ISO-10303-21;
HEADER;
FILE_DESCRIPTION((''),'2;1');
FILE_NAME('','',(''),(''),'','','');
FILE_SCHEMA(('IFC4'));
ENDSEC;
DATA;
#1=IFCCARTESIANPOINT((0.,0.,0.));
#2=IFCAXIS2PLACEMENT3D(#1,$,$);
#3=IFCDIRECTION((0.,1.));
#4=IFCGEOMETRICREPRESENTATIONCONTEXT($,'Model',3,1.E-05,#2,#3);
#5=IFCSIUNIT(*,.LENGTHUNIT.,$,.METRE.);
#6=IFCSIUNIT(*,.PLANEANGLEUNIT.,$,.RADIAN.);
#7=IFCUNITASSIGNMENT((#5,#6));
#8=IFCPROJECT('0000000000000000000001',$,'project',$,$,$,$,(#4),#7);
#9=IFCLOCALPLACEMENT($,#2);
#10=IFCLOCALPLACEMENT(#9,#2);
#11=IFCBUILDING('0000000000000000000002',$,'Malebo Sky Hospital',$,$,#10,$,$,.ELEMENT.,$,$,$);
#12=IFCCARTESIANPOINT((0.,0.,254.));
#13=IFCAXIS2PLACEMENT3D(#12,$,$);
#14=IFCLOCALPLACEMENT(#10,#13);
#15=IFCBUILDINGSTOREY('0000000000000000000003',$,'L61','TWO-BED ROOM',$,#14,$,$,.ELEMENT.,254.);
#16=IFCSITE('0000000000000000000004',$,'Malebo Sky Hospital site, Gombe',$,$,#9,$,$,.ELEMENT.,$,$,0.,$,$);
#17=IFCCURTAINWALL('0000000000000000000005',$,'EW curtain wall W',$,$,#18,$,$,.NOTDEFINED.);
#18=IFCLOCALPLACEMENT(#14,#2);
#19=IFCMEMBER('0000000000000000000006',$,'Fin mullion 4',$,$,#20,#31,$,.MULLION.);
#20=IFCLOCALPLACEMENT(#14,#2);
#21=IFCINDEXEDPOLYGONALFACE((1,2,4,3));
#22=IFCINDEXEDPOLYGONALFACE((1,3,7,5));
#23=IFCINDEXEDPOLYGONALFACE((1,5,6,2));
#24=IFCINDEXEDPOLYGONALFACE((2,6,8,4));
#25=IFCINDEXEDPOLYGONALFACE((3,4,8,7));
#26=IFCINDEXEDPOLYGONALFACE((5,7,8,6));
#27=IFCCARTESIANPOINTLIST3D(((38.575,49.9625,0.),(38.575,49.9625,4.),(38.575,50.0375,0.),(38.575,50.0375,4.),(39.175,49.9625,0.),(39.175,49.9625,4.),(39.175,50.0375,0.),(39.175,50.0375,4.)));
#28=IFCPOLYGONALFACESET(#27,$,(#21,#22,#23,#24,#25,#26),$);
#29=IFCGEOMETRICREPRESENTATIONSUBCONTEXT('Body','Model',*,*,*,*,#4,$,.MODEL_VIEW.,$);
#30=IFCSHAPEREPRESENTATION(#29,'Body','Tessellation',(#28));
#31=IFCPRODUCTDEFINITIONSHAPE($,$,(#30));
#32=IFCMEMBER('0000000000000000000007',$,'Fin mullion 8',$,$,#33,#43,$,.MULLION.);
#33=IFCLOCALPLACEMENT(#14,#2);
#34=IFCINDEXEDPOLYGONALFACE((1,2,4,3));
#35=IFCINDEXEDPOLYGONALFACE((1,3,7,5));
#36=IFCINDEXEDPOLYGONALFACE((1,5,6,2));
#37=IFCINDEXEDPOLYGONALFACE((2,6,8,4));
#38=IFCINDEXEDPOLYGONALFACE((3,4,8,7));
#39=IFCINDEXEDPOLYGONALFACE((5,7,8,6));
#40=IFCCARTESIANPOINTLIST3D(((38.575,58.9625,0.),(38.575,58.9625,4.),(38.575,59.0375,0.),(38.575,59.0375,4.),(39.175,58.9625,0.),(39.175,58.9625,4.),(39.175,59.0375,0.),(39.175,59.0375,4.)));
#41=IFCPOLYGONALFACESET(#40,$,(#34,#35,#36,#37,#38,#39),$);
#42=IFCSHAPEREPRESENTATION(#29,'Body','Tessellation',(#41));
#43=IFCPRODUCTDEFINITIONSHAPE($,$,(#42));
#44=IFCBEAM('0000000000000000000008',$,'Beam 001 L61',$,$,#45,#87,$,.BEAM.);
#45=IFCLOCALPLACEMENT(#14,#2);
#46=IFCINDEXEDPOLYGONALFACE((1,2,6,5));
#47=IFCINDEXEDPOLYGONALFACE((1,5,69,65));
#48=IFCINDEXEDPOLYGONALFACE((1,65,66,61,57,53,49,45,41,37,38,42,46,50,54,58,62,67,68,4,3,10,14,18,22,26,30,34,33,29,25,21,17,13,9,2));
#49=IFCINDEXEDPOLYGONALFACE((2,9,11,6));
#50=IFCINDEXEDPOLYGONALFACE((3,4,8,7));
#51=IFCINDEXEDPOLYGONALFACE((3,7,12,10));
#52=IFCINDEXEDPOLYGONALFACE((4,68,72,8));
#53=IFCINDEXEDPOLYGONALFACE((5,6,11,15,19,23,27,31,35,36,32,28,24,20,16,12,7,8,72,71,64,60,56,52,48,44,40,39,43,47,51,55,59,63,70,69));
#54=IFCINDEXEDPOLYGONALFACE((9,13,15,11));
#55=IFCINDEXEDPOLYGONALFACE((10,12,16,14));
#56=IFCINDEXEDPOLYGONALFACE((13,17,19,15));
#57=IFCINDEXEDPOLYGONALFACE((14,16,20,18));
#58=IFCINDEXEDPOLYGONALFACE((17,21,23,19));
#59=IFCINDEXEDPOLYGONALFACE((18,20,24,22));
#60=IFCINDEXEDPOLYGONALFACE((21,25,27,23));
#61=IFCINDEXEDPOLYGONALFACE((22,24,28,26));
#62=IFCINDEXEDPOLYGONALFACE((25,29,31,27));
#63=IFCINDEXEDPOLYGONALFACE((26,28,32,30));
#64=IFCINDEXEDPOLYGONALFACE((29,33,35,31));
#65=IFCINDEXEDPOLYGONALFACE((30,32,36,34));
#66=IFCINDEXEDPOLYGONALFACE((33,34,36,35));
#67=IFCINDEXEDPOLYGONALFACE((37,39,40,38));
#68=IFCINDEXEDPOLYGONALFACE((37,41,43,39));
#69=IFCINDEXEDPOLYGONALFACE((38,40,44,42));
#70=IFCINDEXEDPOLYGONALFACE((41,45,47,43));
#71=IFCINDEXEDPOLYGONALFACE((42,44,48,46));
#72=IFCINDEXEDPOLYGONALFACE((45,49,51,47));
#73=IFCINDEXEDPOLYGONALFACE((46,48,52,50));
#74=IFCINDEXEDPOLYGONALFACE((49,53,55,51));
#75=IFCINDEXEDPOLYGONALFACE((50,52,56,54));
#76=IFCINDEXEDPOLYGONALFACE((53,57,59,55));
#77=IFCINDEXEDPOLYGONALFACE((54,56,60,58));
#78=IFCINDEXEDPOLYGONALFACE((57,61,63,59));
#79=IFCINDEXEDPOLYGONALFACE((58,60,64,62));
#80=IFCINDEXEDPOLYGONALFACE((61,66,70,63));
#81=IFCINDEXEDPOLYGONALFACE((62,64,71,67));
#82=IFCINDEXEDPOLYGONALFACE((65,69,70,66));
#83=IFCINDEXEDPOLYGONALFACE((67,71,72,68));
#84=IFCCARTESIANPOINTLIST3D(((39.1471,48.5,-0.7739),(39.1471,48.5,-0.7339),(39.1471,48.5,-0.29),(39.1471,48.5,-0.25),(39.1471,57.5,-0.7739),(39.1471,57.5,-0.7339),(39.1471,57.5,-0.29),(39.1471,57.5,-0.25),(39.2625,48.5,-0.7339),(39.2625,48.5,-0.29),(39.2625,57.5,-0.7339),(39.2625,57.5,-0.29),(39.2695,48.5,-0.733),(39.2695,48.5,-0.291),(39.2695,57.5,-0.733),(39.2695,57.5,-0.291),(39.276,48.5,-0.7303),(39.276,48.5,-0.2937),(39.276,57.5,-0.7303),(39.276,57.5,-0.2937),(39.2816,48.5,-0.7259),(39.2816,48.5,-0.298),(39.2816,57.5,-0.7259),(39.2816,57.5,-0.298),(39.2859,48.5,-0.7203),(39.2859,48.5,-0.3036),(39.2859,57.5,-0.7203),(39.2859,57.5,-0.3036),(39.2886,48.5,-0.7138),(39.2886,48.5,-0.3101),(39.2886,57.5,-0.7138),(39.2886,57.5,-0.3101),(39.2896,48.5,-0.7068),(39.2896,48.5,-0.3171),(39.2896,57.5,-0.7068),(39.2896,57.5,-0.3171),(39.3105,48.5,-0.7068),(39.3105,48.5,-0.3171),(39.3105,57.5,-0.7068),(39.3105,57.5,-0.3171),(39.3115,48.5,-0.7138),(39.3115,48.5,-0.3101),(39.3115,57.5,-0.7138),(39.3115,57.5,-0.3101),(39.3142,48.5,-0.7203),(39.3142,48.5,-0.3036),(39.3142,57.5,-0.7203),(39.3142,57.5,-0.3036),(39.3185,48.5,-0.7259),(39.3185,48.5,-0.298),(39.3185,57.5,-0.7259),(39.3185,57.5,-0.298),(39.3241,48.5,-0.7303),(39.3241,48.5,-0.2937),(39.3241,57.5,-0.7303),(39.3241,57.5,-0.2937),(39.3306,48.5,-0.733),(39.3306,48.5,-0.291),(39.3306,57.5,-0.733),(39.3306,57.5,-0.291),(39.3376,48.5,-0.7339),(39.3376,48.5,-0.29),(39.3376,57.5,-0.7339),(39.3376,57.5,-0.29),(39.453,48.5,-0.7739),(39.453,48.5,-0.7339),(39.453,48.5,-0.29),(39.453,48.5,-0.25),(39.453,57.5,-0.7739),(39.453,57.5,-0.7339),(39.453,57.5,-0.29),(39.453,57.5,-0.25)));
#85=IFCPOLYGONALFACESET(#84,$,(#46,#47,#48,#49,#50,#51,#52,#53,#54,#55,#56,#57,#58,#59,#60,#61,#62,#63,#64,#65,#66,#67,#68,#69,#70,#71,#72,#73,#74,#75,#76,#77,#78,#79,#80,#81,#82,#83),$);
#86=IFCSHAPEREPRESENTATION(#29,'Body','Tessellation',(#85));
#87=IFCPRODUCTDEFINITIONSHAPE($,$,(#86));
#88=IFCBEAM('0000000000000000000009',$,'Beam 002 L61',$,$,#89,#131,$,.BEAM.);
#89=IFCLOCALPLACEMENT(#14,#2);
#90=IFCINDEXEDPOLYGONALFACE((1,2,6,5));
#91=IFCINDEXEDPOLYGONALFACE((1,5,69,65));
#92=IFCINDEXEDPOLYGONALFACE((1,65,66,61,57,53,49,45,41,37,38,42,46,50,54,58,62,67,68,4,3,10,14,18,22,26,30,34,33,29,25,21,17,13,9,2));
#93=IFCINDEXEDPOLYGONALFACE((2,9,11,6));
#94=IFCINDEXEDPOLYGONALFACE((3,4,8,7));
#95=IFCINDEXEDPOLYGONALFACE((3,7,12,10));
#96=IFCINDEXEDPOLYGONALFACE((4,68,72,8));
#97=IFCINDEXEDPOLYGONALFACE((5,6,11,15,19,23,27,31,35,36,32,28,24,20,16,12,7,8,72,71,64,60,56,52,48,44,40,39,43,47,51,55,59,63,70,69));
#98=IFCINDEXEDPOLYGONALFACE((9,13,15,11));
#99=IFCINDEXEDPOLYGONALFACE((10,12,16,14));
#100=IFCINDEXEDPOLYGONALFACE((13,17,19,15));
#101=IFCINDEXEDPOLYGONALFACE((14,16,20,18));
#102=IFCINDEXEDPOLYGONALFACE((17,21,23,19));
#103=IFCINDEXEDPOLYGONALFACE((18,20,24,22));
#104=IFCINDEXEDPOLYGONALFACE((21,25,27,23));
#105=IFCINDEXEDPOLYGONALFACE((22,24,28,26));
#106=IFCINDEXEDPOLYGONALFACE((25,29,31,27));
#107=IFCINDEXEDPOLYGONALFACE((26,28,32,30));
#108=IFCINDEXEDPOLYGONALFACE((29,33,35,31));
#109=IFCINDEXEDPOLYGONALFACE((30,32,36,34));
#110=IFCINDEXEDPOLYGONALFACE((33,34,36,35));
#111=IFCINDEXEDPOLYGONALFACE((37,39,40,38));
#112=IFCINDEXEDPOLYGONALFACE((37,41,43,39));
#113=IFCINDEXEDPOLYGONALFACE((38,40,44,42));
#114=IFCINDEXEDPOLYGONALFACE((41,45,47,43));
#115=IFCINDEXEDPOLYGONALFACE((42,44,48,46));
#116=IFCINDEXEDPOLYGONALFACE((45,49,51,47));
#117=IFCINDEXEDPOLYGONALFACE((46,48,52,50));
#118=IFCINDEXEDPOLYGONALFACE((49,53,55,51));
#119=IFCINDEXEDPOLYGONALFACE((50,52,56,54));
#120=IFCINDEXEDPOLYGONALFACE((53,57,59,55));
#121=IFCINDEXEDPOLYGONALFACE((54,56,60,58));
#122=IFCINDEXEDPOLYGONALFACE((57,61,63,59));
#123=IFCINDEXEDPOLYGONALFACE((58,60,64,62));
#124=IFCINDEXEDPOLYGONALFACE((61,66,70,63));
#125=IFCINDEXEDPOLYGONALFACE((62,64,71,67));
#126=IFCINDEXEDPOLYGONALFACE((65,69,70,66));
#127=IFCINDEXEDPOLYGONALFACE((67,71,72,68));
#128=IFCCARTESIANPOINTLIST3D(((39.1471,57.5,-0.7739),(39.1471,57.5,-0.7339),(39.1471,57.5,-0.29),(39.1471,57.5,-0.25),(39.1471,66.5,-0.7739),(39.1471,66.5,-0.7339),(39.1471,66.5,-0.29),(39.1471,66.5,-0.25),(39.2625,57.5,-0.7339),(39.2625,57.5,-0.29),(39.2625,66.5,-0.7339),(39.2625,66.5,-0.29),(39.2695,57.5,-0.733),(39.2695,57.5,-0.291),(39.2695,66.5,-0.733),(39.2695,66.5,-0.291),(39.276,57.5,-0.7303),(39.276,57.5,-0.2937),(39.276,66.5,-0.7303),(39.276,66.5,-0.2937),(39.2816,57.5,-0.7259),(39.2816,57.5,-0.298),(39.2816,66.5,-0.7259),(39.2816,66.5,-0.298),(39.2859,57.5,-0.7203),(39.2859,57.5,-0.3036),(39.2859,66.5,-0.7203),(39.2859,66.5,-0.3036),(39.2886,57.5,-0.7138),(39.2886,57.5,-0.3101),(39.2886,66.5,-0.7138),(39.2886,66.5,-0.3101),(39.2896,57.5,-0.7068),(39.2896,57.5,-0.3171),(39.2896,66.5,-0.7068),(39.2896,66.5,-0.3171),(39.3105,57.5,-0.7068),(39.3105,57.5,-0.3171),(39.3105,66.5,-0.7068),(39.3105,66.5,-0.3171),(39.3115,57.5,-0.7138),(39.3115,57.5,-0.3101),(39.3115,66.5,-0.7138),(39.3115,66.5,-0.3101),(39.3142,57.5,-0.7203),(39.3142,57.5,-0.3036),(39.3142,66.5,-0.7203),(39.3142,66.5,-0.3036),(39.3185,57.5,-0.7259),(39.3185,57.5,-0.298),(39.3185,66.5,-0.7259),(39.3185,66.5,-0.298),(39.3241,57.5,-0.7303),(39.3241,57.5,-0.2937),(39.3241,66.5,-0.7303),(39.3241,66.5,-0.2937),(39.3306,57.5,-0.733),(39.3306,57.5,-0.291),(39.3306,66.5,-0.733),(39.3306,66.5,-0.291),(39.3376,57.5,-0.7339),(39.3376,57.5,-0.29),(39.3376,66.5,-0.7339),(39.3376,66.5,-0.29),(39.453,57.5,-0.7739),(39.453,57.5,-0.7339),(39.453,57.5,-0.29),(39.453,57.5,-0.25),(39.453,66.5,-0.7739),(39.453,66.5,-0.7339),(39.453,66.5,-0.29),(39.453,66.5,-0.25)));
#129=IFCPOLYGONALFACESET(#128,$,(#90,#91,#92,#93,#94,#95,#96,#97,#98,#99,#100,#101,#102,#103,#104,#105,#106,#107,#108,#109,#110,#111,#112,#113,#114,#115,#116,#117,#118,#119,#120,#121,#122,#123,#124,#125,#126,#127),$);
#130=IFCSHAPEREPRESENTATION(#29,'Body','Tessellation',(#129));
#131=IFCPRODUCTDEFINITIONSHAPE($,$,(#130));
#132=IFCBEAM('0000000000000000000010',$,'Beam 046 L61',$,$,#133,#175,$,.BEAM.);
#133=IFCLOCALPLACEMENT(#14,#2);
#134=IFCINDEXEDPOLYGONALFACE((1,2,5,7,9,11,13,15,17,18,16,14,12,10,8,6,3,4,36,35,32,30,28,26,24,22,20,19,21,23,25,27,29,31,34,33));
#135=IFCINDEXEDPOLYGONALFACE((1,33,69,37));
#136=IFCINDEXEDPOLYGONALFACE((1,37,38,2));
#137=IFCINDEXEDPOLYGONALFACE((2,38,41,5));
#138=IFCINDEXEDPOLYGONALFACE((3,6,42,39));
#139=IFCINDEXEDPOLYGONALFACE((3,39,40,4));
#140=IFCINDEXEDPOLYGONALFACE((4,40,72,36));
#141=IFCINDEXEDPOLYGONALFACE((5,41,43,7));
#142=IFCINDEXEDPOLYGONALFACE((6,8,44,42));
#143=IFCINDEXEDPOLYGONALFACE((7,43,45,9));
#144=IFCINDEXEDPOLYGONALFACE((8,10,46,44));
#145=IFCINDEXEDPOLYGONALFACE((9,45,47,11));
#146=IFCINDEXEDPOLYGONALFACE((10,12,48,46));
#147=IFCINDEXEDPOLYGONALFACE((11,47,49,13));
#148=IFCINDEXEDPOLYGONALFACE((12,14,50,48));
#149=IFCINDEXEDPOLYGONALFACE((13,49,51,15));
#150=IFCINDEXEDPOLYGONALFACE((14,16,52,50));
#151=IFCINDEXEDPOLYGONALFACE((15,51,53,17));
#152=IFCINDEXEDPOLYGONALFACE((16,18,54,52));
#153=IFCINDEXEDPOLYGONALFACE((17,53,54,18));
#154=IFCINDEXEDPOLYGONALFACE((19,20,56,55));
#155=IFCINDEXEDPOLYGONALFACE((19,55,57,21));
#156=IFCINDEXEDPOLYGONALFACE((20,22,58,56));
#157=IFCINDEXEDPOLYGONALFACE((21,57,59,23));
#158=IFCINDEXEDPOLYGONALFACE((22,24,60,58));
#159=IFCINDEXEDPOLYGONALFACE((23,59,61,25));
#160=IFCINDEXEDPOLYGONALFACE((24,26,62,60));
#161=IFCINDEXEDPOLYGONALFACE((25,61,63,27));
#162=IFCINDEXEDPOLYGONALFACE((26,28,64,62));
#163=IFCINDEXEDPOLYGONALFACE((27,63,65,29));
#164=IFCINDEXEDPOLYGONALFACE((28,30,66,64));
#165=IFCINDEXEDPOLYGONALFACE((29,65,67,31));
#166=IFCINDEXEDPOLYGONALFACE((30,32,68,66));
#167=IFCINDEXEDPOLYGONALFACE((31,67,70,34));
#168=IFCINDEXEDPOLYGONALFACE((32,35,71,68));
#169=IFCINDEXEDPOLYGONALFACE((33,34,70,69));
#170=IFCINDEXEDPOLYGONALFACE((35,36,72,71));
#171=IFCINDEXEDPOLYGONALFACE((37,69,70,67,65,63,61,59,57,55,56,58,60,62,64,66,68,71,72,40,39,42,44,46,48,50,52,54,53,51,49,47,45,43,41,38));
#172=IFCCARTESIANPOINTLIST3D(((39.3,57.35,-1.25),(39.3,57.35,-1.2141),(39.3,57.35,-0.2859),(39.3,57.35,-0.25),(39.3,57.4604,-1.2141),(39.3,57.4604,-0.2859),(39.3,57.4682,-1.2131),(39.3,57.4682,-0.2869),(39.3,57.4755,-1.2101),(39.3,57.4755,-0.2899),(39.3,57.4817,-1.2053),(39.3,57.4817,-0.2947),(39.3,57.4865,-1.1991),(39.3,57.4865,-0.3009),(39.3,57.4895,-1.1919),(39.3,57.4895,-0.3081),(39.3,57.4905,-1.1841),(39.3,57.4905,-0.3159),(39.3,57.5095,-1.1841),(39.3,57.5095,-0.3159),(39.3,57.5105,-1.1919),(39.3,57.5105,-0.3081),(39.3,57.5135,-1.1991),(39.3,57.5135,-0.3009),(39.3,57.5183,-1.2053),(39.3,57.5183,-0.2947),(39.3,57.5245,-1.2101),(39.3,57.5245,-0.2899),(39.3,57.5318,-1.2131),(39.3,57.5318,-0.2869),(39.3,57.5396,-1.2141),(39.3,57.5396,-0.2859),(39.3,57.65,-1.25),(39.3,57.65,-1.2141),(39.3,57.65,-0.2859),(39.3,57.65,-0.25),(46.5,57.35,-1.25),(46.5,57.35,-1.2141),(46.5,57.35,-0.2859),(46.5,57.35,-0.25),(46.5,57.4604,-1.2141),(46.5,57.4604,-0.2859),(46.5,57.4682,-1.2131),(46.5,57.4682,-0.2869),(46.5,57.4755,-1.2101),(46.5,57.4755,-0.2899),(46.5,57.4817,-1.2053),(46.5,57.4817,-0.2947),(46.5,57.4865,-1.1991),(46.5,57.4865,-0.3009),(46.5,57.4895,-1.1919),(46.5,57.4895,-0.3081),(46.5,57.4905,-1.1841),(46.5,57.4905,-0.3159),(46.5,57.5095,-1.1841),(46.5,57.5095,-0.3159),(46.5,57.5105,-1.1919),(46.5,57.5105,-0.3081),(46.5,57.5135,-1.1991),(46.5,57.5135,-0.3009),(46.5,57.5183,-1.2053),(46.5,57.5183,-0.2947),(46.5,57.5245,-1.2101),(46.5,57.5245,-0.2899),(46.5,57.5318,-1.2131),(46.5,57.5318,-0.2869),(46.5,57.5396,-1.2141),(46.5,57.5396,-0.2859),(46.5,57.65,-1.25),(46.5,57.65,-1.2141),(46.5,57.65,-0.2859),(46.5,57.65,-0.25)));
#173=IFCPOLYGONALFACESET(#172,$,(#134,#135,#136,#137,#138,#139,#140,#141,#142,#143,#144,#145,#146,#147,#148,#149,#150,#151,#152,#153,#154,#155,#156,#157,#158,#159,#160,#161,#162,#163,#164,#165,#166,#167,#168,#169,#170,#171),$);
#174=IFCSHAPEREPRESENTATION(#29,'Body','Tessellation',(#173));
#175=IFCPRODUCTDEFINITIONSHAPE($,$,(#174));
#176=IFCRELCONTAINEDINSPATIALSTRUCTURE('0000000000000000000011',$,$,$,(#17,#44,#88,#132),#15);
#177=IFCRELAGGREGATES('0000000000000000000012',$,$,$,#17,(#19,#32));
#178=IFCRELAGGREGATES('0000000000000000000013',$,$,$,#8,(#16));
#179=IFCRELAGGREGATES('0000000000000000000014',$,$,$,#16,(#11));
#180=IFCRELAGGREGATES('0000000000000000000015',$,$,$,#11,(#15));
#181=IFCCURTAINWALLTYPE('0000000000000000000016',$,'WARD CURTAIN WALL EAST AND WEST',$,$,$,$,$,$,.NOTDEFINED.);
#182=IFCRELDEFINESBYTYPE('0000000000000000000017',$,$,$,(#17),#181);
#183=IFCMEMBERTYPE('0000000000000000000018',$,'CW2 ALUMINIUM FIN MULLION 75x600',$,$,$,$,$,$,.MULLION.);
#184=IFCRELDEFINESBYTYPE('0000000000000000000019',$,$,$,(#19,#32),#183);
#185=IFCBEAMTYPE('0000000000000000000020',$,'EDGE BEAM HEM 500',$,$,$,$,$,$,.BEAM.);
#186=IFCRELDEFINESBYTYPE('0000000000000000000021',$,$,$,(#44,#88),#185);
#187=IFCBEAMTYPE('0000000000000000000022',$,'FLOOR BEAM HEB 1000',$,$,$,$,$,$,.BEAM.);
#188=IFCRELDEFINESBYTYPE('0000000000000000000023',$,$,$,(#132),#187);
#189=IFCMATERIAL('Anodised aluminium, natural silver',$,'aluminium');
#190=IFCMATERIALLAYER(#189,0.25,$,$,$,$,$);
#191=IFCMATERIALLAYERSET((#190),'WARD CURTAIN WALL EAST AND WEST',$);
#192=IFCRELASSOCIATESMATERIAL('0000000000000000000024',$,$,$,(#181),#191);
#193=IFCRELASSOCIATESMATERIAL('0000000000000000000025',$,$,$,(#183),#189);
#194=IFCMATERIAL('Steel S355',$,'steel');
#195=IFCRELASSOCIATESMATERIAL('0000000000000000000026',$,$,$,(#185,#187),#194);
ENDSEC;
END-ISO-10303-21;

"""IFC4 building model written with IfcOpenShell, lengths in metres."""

from ifc_helpers import new_model, si_unit, direction, frame, origin, origin_2d, place, context, subcontext, project, spatial, rectangle, i_section, extrude, material, layer, layer_set, material_profile, profile_set, type_object, element, aggregate, save


model = new_model("IFC4")

# Units and contexts
model_context = context("Model", 3, precision=1e-05, world=origin(), true_north=direction((0.0, 1.0)))
body_context = subcontext(model_context, "Body", "Model", "MODEL_VIEW")
ifc_project = project(units=[si_unit("LENGTHUNIT", "METRE"), si_unit("PLANEANGLEUNIT", "RADIAN")], contexts=[model_context])

# Site, building, storey
site_placement = place(None, origin())
site = spatial("IfcSite", under=ifc_project, at=site_placement, Name="Malebo Sky Hospital site, Gombe", CompositionType="ELEMENT", RefElevation=0.0)
building_placement = place(site_placement, origin())
building = spatial("IfcBuilding", under=site, at=building_placement, Name="Malebo Sky Hospital", CompositionType="ELEMENT")
storey_placement = place(building_placement, frame((0.0, 0.0, 254.0)))
storey = spatial("IfcBuildingStorey", under=building, at=storey_placement, Name="L61", Description="TWO-BED ROOM", CompositionType="ELEMENT", Elevation=254.0)

# Curtain wall, members
ifc_material_1 = material(Name="Anodised aluminium, natural silver", Category="aluminium")
ifc_layer_1 = layer(ifc_material_1, 0.25)
ifc_layer_set_1 = layer_set([ifc_layer_1], Name="WARD CURTAIN WALL EAST AND WEST")
curtain_wall_type = type_object("IfcCurtainWallType", Name="WARD CURTAIN WALL EAST AND WEST", PredefinedType="NOTDEFINED", material=ifc_layer_set_1)
curtain_wall_placement = place(storey_placement, origin())
curtain_wall = element("IfcCurtainWall", 1, at=curtain_wall_placement, inside=storey, type_object=curtain_wall_type, Name="EW curtain wall W", PredefinedType="NOTDEFINED")
ifc_material_profile_1 = material_profile(ifc_material_1, rectangle(XDim=0.075, YDim=0.6001, at=origin_2d()), Name="CW2 ALUMINIUM FIN MULLION 75x600")
ifc_profile_set_1 = profile_set([ifc_material_profile_1], Name="Anodised aluminium, natural silver")
member_type_1 = type_object("IfcMemberType", Name="CW2 ALUMINIUM FIN MULLION 75x600", PredefinedType="MULLION", material=ifc_profile_set_1)
member_1_placement = place(storey_placement, frame((38.875, 50.0, 0.0), z_axis=(0.0, 0.0, 1.0), x_axis=(0.0, 1.0, 0.0)))
member_1 = element("IfcMember", 2, at=member_1_placement, type_object=member_type_1, Name="Fin mullion 4", PredefinedType="MULLION", context=body_context, shape_type="SweptSolid", body=[
    extrude(rectangle(XDim=0.075, YDim=0.6001, at=origin_2d()), origin(), (0.0, 0.0, 1.0), 4.0),
])
member_2_placement = place(storey_placement, frame((38.875, 59.0, 0.0), z_axis=(0.0, 0.0, 1.0), x_axis=(0.0, 1.0, 0.0)))
member_2 = element("IfcMember", 3, at=member_2_placement, type_object=member_type_1, Name="Fin mullion 8", PredefinedType="MULLION", context=body_context, shape_type="SweptSolid", body=[
    extrude(rectangle(XDim=0.075, YDim=0.6001, at=origin_2d()), origin(), (0.0, 0.0, 1.0), 4.0),
])

# Beams
ifc_material_2 = material(Name="Steel S355", Category="steel")
ifc_material_profile_2 = material_profile(ifc_material_2, i_section(OverallWidth=0.3059, OverallDepth=0.5239, WebThickness=0.021, FlangeThickness=0.04, FilletRadius=0.0271, at=origin_2d()), Name="HEM 500")
ifc_profile_set_2 = profile_set([ifc_material_profile_2], Name="Steel S355")
beam_type_1 = type_object("IfcBeamType", Name="EDGE BEAM HEM 500", PredefinedType="BEAM", material=ifc_profile_set_2)
for number, where, z_axis, x_axis, name in (
    (4, (39.3, 48.5, -0.512), (0.0, 1.0, 0.0), (-1.0, 0.0, 0.0), "Beam 001 L61"),
    (5, (39.3, 57.5, -0.512), (0.0, 1.0, 0.0), (-1.0, 0.0, 0.0), "Beam 002 L61"),
):
    element("IfcBeam", number, at=place(storey_placement, frame(where, z_axis=z_axis, x_axis=x_axis)), inside=storey, type_object=beam_type_1, Name=name, PredefinedType="BEAM", context=body_context, shape_type="SweptSolid", body=[
        extrude(i_section(OverallWidth=0.3059, OverallDepth=0.5239, WebThickness=0.021, FlangeThickness=0.04, FilletRadius=0.0271, at=origin_2d()), origin(), (0.0, 0.0, 1.0), 9.0),
    ])
ifc_material_profile_3 = material_profile(ifc_material_2, i_section(OverallWidth=0.3, OverallDepth=1.0, WebThickness=0.019, FlangeThickness=0.0359, FilletRadius=0.03, at=origin_2d()), Name="HEB 1000")
ifc_profile_set_3 = profile_set([ifc_material_profile_3], Name="Steel S355")
beam_type_2 = type_object("IfcBeamType", Name="FLOOR BEAM HEB 1000", PredefinedType="BEAM", material=ifc_profile_set_3)
beam_1_placement = place(storey_placement, frame((39.3, 57.5, -0.75), z_axis=(1.0, 0.0, 0.0), x_axis=(0.0, 1.0, 0.0)))
element("IfcBeam", 6, at=beam_1_placement, inside=storey, type_object=beam_type_2, Name="Beam 046 L61", PredefinedType="BEAM", context=body_context, shape_type="SweptSolid", body=[
    extrude(i_section(OverallWidth=0.3, OverallDepth=1.0, WebThickness=0.019, FlangeThickness=0.0359, FilletRadius=0.03, at=origin_2d()), origin(), (0.0, 0.0, 1.0), 7.2),
])

aggregate(curtain_wall, [member_1, member_2])

save(model, "model.ifc")
